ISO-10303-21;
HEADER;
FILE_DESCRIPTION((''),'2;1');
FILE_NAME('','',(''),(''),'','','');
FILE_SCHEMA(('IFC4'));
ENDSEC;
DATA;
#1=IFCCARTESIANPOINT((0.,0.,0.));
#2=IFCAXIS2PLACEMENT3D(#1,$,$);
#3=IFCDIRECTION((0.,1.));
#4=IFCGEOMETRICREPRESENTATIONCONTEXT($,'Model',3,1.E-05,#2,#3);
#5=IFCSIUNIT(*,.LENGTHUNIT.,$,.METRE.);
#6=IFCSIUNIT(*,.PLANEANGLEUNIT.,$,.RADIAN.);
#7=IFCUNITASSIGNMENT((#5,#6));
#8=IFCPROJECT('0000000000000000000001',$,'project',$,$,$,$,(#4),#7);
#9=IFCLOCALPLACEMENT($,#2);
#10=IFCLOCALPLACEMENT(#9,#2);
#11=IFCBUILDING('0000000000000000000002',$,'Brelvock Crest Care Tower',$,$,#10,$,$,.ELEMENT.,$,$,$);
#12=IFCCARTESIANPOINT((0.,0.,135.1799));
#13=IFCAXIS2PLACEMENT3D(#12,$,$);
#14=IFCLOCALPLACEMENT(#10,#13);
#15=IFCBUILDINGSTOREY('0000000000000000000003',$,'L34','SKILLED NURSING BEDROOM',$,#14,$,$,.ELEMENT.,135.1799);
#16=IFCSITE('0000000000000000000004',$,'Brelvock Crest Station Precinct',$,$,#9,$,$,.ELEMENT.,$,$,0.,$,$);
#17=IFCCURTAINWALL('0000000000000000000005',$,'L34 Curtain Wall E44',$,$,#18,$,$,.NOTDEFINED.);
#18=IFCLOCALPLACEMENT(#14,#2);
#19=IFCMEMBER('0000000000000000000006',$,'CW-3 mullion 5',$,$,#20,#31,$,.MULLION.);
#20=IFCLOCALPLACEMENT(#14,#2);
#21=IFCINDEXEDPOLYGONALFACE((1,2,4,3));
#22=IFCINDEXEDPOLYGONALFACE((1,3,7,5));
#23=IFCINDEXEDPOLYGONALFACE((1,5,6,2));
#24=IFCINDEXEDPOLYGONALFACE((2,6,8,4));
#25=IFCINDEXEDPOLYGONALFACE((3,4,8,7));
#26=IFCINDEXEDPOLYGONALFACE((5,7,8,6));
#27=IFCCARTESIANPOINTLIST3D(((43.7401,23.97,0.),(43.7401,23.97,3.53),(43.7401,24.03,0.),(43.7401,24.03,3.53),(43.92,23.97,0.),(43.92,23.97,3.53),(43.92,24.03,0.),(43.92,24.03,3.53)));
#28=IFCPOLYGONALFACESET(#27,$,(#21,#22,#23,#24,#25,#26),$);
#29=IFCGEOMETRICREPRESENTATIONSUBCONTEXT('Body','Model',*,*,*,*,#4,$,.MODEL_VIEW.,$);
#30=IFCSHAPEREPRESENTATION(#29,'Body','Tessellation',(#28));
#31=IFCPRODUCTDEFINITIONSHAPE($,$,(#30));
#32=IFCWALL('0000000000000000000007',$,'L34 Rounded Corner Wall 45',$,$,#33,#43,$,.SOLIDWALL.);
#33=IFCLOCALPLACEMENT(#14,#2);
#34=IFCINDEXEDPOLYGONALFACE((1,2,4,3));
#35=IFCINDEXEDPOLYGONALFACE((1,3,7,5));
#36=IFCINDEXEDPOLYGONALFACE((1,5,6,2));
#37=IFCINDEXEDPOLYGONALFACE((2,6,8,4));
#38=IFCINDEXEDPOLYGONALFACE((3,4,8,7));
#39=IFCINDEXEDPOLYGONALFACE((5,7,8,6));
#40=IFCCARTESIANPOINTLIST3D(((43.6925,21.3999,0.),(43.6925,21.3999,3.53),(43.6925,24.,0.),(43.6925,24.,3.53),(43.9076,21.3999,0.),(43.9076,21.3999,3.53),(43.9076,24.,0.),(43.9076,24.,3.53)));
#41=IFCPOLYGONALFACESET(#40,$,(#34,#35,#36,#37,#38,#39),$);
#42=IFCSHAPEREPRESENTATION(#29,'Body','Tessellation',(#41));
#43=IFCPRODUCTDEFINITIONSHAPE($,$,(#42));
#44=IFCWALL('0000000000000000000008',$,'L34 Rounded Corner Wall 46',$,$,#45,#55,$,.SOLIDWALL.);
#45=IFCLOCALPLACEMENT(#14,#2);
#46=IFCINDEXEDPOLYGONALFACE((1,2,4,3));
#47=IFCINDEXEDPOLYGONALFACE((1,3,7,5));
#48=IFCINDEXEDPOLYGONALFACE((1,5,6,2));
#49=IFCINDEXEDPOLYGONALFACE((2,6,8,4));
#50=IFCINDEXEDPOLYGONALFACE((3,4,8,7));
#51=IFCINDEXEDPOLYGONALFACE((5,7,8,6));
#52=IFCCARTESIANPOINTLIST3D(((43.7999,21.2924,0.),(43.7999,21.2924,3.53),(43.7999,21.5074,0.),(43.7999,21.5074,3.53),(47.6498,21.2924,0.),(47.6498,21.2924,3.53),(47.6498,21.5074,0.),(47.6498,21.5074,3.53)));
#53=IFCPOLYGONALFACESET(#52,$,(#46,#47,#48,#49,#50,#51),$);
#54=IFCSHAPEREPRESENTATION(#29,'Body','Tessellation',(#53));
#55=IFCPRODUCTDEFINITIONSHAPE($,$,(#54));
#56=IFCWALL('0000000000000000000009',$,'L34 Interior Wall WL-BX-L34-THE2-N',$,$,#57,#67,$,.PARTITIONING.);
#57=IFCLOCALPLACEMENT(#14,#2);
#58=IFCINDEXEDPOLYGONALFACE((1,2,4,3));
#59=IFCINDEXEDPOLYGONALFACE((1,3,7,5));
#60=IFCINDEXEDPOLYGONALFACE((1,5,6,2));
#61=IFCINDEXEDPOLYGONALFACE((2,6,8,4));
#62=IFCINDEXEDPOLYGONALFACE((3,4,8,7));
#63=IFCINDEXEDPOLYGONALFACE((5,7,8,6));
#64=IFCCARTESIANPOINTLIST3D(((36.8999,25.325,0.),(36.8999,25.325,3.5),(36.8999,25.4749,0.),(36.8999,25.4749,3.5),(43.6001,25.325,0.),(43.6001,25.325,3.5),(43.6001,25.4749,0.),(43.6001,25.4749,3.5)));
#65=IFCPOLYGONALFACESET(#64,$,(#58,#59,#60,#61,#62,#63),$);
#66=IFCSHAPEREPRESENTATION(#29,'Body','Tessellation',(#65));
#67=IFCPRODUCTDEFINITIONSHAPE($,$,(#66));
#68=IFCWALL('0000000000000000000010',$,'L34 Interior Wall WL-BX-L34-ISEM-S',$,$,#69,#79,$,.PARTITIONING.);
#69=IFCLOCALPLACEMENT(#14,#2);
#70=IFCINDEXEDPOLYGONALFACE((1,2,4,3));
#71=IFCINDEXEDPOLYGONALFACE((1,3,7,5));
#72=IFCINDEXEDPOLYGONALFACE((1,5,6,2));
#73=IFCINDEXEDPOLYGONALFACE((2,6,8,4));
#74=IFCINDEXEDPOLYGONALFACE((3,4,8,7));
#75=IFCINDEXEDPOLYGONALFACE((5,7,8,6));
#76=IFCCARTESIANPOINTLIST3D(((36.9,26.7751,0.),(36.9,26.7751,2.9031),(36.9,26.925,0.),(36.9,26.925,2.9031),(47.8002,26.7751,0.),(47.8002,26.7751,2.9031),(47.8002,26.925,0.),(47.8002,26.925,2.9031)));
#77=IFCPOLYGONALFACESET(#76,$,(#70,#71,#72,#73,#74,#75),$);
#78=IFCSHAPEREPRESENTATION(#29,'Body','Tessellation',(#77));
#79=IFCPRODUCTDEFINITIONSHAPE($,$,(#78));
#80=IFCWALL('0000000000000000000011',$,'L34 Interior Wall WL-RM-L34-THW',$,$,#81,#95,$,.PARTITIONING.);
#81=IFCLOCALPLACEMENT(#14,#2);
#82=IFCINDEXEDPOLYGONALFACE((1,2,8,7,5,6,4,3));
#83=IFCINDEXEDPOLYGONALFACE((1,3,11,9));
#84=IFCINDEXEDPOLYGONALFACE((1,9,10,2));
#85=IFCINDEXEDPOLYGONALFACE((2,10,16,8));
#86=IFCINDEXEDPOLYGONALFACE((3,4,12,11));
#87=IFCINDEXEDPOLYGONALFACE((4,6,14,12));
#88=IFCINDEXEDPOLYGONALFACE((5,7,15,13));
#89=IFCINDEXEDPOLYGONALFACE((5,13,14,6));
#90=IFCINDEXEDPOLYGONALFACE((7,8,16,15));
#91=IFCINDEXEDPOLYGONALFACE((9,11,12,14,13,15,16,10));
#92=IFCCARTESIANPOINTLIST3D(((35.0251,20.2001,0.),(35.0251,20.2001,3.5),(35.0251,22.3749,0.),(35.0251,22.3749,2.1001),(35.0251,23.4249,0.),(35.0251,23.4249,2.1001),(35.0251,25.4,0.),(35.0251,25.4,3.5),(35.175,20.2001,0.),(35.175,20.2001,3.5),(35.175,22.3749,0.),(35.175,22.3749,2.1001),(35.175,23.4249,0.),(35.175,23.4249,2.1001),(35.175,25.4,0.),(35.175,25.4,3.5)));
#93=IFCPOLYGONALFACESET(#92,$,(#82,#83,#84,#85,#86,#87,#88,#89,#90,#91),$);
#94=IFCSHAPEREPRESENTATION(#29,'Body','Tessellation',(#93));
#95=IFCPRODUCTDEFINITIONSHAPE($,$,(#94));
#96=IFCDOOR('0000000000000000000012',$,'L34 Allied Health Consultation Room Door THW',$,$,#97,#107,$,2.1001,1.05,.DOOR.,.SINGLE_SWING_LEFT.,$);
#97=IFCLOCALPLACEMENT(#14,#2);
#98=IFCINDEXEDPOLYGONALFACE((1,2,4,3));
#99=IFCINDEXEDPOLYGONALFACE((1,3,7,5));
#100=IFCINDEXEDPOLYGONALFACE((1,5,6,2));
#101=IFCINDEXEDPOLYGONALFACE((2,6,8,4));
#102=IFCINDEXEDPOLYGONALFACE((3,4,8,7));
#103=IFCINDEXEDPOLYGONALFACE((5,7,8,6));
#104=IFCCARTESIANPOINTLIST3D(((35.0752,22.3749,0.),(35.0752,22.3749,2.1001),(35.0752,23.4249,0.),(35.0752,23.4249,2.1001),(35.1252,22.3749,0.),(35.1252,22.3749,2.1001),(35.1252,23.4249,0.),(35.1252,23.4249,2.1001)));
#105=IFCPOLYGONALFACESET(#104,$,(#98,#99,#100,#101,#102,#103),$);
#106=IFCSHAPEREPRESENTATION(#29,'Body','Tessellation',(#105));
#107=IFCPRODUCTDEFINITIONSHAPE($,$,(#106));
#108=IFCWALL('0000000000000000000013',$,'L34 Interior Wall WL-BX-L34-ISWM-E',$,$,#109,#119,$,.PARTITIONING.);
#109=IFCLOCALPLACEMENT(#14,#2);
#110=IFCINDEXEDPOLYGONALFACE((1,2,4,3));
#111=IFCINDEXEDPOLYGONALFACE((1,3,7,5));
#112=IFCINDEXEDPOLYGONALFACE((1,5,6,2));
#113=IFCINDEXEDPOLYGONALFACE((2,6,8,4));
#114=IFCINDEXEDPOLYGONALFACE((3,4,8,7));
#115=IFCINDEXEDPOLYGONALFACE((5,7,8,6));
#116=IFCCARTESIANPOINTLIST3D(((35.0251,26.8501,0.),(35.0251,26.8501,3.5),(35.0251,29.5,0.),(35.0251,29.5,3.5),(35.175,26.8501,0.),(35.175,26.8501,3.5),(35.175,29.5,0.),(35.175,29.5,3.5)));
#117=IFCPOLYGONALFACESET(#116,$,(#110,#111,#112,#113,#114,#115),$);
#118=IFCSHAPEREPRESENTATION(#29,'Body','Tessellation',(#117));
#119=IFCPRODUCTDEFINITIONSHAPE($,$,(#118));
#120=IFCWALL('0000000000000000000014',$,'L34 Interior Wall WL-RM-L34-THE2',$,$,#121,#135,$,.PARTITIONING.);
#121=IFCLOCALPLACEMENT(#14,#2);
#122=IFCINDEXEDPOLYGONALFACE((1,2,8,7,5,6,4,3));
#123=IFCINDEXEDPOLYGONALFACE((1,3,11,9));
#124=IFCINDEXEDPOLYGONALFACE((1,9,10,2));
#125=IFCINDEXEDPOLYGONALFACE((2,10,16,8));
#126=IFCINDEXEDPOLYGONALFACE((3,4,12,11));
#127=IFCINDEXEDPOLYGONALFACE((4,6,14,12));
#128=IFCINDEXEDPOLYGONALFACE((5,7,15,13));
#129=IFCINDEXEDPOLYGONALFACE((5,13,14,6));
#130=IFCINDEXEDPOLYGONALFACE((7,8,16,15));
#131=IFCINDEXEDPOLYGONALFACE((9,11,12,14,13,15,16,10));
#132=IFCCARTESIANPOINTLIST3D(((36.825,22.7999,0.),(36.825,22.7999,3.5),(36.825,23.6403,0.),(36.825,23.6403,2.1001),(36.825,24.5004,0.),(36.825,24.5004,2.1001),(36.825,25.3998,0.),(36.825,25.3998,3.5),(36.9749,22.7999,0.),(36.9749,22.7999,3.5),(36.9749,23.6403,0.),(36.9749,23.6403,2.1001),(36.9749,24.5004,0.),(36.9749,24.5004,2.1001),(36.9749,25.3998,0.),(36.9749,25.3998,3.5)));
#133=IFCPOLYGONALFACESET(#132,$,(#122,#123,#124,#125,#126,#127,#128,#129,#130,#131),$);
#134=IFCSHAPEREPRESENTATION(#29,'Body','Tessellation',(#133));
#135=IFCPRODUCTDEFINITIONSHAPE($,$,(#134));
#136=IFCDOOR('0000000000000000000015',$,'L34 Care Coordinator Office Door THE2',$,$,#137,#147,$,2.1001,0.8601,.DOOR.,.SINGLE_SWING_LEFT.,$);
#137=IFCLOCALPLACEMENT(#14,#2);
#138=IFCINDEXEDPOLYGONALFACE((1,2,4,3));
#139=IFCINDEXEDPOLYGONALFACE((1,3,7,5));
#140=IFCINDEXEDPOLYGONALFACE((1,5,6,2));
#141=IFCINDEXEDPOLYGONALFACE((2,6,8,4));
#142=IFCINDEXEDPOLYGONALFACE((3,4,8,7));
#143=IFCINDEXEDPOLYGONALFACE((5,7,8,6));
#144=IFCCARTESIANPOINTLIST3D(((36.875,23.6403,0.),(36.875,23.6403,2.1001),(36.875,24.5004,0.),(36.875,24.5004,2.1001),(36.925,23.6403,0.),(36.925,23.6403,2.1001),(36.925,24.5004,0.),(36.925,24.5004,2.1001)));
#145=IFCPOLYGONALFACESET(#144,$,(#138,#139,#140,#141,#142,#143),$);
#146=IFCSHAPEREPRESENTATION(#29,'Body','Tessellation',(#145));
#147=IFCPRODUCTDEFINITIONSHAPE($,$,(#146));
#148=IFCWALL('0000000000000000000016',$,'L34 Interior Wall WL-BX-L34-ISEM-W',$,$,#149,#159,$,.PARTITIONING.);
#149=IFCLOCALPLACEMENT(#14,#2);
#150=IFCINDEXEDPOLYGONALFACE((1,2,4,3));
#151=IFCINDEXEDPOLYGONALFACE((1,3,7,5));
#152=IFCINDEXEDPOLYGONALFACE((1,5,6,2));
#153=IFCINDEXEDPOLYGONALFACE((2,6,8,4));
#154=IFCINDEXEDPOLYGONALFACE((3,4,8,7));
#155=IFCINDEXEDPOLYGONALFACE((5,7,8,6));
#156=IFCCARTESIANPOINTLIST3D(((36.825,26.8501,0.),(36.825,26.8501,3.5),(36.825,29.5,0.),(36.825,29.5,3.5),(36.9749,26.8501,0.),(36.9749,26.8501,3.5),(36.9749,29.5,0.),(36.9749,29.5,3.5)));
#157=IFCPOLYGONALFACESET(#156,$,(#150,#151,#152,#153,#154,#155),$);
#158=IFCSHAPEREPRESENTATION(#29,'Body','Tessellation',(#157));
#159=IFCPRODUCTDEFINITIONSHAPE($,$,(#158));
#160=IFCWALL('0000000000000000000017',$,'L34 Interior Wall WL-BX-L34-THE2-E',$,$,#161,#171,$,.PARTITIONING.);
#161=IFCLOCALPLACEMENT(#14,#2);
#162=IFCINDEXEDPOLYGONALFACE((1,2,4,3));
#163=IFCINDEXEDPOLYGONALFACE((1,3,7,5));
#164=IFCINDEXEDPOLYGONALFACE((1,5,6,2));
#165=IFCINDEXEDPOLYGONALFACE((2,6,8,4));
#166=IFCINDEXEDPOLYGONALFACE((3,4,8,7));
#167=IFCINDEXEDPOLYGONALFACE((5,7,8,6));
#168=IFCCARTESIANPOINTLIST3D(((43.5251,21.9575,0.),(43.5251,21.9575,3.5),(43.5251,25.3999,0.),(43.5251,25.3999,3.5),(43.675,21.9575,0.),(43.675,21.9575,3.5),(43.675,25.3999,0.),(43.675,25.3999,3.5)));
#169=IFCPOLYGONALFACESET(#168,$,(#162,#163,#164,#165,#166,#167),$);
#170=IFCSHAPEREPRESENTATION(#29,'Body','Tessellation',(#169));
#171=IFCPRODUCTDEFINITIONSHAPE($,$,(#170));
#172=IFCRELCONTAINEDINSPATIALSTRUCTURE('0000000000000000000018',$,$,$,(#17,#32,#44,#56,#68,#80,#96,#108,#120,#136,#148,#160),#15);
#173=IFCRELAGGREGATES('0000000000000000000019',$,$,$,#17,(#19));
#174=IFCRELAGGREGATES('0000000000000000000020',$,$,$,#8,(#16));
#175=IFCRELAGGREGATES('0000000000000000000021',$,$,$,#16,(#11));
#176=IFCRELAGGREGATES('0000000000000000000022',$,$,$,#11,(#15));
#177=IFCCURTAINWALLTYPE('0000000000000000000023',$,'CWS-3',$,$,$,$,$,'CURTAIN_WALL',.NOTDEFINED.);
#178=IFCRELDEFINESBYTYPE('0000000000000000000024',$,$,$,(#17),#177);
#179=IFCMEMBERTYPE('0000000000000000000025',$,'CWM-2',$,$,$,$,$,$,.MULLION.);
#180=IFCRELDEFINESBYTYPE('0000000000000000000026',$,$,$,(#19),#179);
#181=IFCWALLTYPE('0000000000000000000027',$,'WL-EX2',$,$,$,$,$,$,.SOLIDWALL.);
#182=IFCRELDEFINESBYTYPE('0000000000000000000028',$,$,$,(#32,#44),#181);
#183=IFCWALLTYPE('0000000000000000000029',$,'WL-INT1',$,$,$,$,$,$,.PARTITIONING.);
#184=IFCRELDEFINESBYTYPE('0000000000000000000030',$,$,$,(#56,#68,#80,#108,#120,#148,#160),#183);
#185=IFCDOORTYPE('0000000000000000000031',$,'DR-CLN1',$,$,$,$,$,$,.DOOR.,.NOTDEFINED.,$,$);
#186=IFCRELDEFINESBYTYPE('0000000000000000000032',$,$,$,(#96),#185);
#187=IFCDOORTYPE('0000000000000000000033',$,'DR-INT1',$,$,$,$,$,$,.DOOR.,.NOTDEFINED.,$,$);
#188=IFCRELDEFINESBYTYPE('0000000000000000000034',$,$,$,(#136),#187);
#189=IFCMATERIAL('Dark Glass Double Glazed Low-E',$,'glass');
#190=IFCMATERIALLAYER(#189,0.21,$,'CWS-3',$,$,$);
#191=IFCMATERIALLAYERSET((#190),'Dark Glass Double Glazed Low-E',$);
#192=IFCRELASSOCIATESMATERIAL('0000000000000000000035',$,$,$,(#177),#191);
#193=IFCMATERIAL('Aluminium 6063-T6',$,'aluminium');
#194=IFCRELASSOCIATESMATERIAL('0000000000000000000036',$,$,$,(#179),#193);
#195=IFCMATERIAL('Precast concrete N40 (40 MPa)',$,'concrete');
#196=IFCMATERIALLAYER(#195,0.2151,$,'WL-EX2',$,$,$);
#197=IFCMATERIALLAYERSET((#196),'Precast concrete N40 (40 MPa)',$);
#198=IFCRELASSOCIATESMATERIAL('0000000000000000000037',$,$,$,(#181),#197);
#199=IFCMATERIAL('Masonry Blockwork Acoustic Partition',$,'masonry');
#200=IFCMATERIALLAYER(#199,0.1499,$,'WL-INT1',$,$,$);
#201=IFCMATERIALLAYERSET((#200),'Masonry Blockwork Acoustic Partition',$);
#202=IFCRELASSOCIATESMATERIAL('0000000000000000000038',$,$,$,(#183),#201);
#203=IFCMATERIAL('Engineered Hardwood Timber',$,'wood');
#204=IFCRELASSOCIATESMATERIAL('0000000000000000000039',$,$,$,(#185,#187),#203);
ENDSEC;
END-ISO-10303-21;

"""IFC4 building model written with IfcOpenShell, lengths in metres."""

from ifc_helpers import new_model, si_unit, direction, frame, frame_2d, origin, origin_2d, place, context, subcontext, project, spatial, rectangle, extrude, source, transform, mapped, material, layer, layer_set, material_profile, profile_set, type_object, element, fill, aggregate, save


model = new_model("IFC4")

# Units and contexts
model_context = context("Model", 3, precision=1e-05, world=origin(), true_north=direction((0.0, 1.0)))
body_context = subcontext(model_context, "Body", "Model", "MODEL_VIEW")
ifc_project = project(units=[si_unit("LENGTHUNIT", "METRE"), si_unit("PLANEANGLEUNIT", "RADIAN")], contexts=[model_context])

# Site, building, storey
site_placement = place(None, origin())
site = spatial("IfcSite", under=ifc_project, at=site_placement, Name="Brelvock Crest Station Precinct", CompositionType="ELEMENT", RefElevation=0.0)
building_placement = place(site_placement, origin())
building = spatial("IfcBuilding", under=site, at=building_placement, Name="Brelvock Crest Care Tower", CompositionType="ELEMENT")
storey_placement = place(building_placement, frame((0.0, 0.0, 135.1799)))
storey = spatial("IfcBuildingStorey", under=building, at=storey_placement, Name="L34", Description="SKILLED NURSING BEDROOM", CompositionType="ELEMENT", Elevation=135.1799)

# Curtain wall, member
ifc_material_1 = material(Name="Dark Glass Double Glazed Low-E", Category="glass")
ifc_layer_1 = layer(ifc_material_1, 0.21, Name="CWS-3")
ifc_layer_set_1 = layer_set([ifc_layer_1], Name="Dark Glass Double Glazed Low-E")
curtain_wall_type = type_object("IfcCurtainWallType", Name="CWS-3", ElementType="CURTAIN_WALL", PredefinedType="NOTDEFINED", material=ifc_layer_set_1)
curtain_wall_placement = place(storey_placement, origin())
curtain_wall = element("IfcCurtainWall", 1, at=curtain_wall_placement, inside=storey, type_object=curtain_wall_type, Name="L34 Curtain Wall E44", PredefinedType="NOTDEFINED")
ifc_material_2 = material(Name="Aluminium 6063-T6", Category="aluminium")
ifc_material_profile_1 = material_profile(ifc_material_2, rectangle(XDim=0.0601, YDim=0.1799, at=origin_2d()), Name="ALU60x180")
ifc_profile_set_1 = profile_set([ifc_material_profile_1], Name="Aluminium 6063-T6")
member_type = type_object("IfcMemberType", Name="CWM-2", PredefinedType="MULLION", material=ifc_profile_set_1)
shared_shape_1 = source(origin(), body_context, "Body", "SweptSolid", [
    extrude(rectangle(XDim=0.0601, YDim=0.1799, at=origin_2d()), origin(), (0.0, 0.0, 1.0), 3.53),
])
member_placement = place(storey_placement, frame((43.8301, 24.0, 0.0), z_axis=(0.0, 0.0, 1.0), x_axis=(0.0, -1.0, 0.0)))
member = element("IfcMember", 2, at=member_placement, type_object=member_type, Name="CW-3 mullion 5", PredefinedType="MULLION", context=body_context, shape_type="MappedRepresentation", body=[
    mapped(shared_shape_1, transform((0.0, 0.0, 0.0), x_axis=(1.0, 0.0, 0.0), y_axis=(0.0, 1.0, 0.0), z_axis=(0.0, 0.0, 1.0), scale=1.0)),
])
aggregate(curtain_wall, [member])

# Walls
ifc_material_3 = material(Name="Precast concrete N40 (40 MPa)", Category="concrete")
ifc_layer_2 = layer(ifc_material_3, 0.2151, Name="WL-EX2")
ifc_layer_set_2 = layer_set([ifc_layer_2], Name="Precast concrete N40 (40 MPa)")
wall_type_1 = type_object("IfcWallType", Name="WL-EX2", PredefinedType="SOLIDWALL", material=ifc_layer_set_2)
wall_1_placement = place(storey_placement, frame((43.8, 24.0, 0.0), z_axis=(0.0, 0.0, 1.0), x_axis=(0.0, -1.0, 0.0)))
element("IfcWall", 3, at=wall_1_placement, inside=storey, type_object=wall_type_1, Name="L34 Rounded Corner Wall 45", PredefinedType="SOLIDWALL", context=body_context, shape_type="SweptSolid", body=[
    extrude(rectangle(XDim=2.6001, YDim=0.2151, at=frame_2d((1.3, 0.0))), origin(), (0.0, 0.0, 1.0), 3.53),
])
wall_2_placement = place(storey_placement, frame((43.8, 21.3999, 0.0), z_axis=(0.0, 0.0, 1.0), x_axis=(1.0, 0.0, 0.0)))
element("IfcWall", 4, at=wall_2_placement, inside=storey, type_object=wall_type_1, Name="L34 Rounded Corner Wall 46", PredefinedType="SOLIDWALL", context=body_context, shape_type="SweptSolid", body=[
    extrude(rectangle(XDim=3.8499, YDim=0.2151, at=frame_2d((1.9248, 0.0))), origin(), (0.0, 0.0, 1.0), 3.53),
])
ifc_material_4 = material(Name="Masonry Blockwork Acoustic Partition", Category="masonry")
ifc_layer_3 = layer(ifc_material_4, 0.1499, Name="WL-INT1")
ifc_layer_set_3 = layer_set([ifc_layer_3], Name="Masonry Blockwork Acoustic Partition")
wall_type_2 = type_object("IfcWallType", Name="WL-INT1", PredefinedType="PARTITIONING", material=ifc_layer_set_3)
wall_3_placement = place(storey_placement, frame((36.8999, 25.3999, 0.0), z_axis=(0.0, 0.0, 1.0), x_axis=(1.0, 0.0, 0.0)))
element("IfcWall", 5, at=wall_3_placement, inside=storey, type_object=wall_type_2, Name="L34 Interior Wall WL-BX-L34-THE2-N", PredefinedType="PARTITIONING", context=body_context, shape_type="SweptSolid", body=[
    extrude(rectangle(XDim=6.7002, YDim=0.1499, at=frame_2d((3.3501, 0.0))), origin(), (0.0, 0.0, 1.0), 3.5),
])
wall_4_placement = place(storey_placement, frame((36.8999, 26.8501, 0.0), z_axis=(0.0, 0.0, 1.0), x_axis=(1.0, 0.0, 0.0)))
element("IfcWall", 6, at=wall_4_placement, inside=storey, type_object=wall_type_2, Name="L34 Interior Wall WL-BX-L34-ISEM-S", PredefinedType="PARTITIONING", context=body_context, shape_type="SweptSolid", body=[
    extrude(rectangle(XDim=10.9001, YDim=0.1499, at=frame_2d((5.4502, 0.0))), origin(), (0.0, 0.0, 1.0), 2.9031),
])

# Wall, opening, door
wall_5_placement = place(storey_placement, frame((35.1001, 20.2, 0.0), z_axis=(0.0, 0.0, 1.0), x_axis=(0.0, 1.0, 0.0)))
wall_5 = element("IfcWall", 7, at=wall_5_placement, inside=storey, type_object=wall_type_2, Name="L34 Interior Wall WL-RM-L34-THW", PredefinedType="PARTITIONING", context=body_context, shape_type="SweptSolid", body=[
    extrude(rectangle(XDim=5.2, YDim=0.1499, at=frame_2d((2.6001, 0.0))), origin(), (0.0, 0.0, 1.0), 3.5),
])
opening_1_placement = place(wall_5_placement, frame((2.175, 0.0, 0.0)))
opening_1 = element("IfcOpeningElement", 8, at=opening_1_placement, cuts=wall_5, PredefinedType="OPENING", context=body_context, shape_type="SweptSolid", body=[
    extrude(rectangle(XDim=1.05, YDim=2.1001, at=origin_2d()), frame((0.5249, 0.085, 1.05), z_axis=(0.0, -1.0, 0.0), x_axis=(1.0, 0.0, 0.0)), (0.0, 0.0, 1.0), 0.1699),
])
ifc_material_5 = material(Name="Engineered Hardwood Timber", Category="wood")
door_type_1 = type_object("IfcDoorType", Name="DR-CLN1", OperationType="NOTDEFINED", PredefinedType="DOOR", material=ifc_material_5)
shared_shape_2 = source(origin(), body_context, "Body", "SweptSolid", [
    extrude(rectangle(XDim=1.05, YDim=2.1001, at=origin_2d()), frame((0.5249, 0.0249, 1.05), z_axis=(0.0, -1.0, 0.0), x_axis=(1.0, 0.0, 0.0)), (0.0, 0.0, 1.0), 0.05),
])
door_1_placement = place(opening_1_placement, origin())
door_1 = element("IfcDoor", 9, at=door_1_placement, inside=storey, type_object=door_type_1, Name="L34 Allied Health Consultation Room Door THW", OperationType="SINGLE_SWING_LEFT", OverallHeight=2.1001, OverallWidth=1.05, PredefinedType="DOOR", context=body_context, shape_type="MappedRepresentation", body=[
    mapped(shared_shape_2, transform((0.0, 0.0, 0.0), x_axis=(1.0, 0.0, 0.0), y_axis=(0.0, 1.0, 0.0), z_axis=(0.0, 0.0, 1.0), scale=1.0)),
])
fill(opening_1, door_1)

# Wall
wall_6_placement = place(storey_placement, frame((35.1001, 26.8501, 0.0), z_axis=(0.0, 0.0, 1.0), x_axis=(0.0, 1.0, 0.0)))
element("IfcWall", 10, at=wall_6_placement, inside=storey, type_object=wall_type_2, Name="L34 Interior Wall WL-BX-L34-ISWM-E", PredefinedType="PARTITIONING", context=body_context, shape_type="SweptSolid", body=[
    extrude(rectangle(XDim=2.6499, YDim=0.1499, at=frame_2d((1.325, 0.0))), origin(), (0.0, 0.0, 1.0), 3.5),
])

# Wall, opening, door
wall_7_placement = place(storey_placement, frame((36.8999, 22.8, 0.0), z_axis=(0.0, 0.0, 1.0), x_axis=(0.0, 1.0, 0.0)))
wall_7 = element("IfcWall", 11, at=wall_7_placement, inside=storey, type_object=wall_type_2, Name="L34 Interior Wall WL-RM-L34-THE2", PredefinedType="PARTITIONING", context=body_context, shape_type="SweptSolid", body=[
    extrude(rectangle(XDim=2.5999, YDim=0.1499, at=frame_2d((1.2998, 0.0))), origin(), (0.0, 0.0, 1.0), 3.5),
])
opening_2_placement = place(wall_7_placement, frame((0.8401, 0.0, 0.0)))
opening_2 = element("IfcOpeningElement", 12, at=opening_2_placement, cuts=wall_7, PredefinedType="OPENING", context=body_context, shape_type="SweptSolid", body=[
    extrude(rectangle(XDim=0.8601, YDim=2.1001, at=origin_2d()), frame((0.4302, 0.085, 1.05), z_axis=(0.0, -1.0, 0.0), x_axis=(1.0, 0.0, 0.0)), (0.0, 0.0, 1.0), 0.1699),
])
door_type_2 = type_object("IfcDoorType", Name="DR-INT1", OperationType="NOTDEFINED", PredefinedType="DOOR", material=ifc_material_5)
shared_shape_3 = source(origin(), body_context, "Body", "SweptSolid", [
    extrude(rectangle(XDim=0.8601, YDim=2.1001, at=origin_2d()), frame((0.4302, 0.0249, 1.05), z_axis=(0.0, -1.0, 0.0), x_axis=(1.0, 0.0, 0.0)), (0.0, 0.0, 1.0), 0.05),
])
door_2_placement = place(opening_2_placement, origin())
door_2 = element("IfcDoor", 13, at=door_2_placement, inside=storey, type_object=door_type_2, Name="L34 Care Coordinator Office Door THE2", OperationType="SINGLE_SWING_LEFT", OverallHeight=2.1001, OverallWidth=0.8601, PredefinedType="DOOR", context=body_context, shape_type="MappedRepresentation", body=[
    mapped(shared_shape_3, transform((0.0, 0.0, 0.0), x_axis=(1.0, 0.0, 0.0), y_axis=(0.0, 1.0, 0.0), z_axis=(0.0, 0.0, 1.0), scale=1.0)),
])
fill(opening_2, door_2)

# Walls
wall_8_placement = place(storey_placement, frame((36.8999, 26.8501, 0.0), z_axis=(0.0, 0.0, 1.0), x_axis=(0.0, 1.0, 0.0)))
element("IfcWall", 14, at=wall_8_placement, inside=storey, type_object=wall_type_2, Name="L34 Interior Wall WL-BX-L34-ISEM-W", PredefinedType="PARTITIONING", context=body_context, shape_type="SweptSolid", body=[
    extrude(rectangle(XDim=2.6499, YDim=0.1499, at=frame_2d((1.325, 0.0))), origin(), (0.0, 0.0, 1.0), 3.5),
])
wall_9_placement = place(storey_placement, frame((43.6001, 21.9575, 0.0), z_axis=(0.0, 0.0, 1.0), x_axis=(0.0, 1.0, 0.0)))
element("IfcWall", 15, at=wall_9_placement, inside=storey, type_object=wall_type_2, Name="L34 Interior Wall WL-BX-L34-THE2-E", PredefinedType="PARTITIONING", context=body_context, shape_type="SweptSolid", body=[
    extrude(rectangle(XDim=3.4424, YDim=0.1499, at=frame_2d((1.7212, 0.0))), origin(), (0.0, 0.0, 1.0), 3.5),
])

save(model, "model.ifc")
